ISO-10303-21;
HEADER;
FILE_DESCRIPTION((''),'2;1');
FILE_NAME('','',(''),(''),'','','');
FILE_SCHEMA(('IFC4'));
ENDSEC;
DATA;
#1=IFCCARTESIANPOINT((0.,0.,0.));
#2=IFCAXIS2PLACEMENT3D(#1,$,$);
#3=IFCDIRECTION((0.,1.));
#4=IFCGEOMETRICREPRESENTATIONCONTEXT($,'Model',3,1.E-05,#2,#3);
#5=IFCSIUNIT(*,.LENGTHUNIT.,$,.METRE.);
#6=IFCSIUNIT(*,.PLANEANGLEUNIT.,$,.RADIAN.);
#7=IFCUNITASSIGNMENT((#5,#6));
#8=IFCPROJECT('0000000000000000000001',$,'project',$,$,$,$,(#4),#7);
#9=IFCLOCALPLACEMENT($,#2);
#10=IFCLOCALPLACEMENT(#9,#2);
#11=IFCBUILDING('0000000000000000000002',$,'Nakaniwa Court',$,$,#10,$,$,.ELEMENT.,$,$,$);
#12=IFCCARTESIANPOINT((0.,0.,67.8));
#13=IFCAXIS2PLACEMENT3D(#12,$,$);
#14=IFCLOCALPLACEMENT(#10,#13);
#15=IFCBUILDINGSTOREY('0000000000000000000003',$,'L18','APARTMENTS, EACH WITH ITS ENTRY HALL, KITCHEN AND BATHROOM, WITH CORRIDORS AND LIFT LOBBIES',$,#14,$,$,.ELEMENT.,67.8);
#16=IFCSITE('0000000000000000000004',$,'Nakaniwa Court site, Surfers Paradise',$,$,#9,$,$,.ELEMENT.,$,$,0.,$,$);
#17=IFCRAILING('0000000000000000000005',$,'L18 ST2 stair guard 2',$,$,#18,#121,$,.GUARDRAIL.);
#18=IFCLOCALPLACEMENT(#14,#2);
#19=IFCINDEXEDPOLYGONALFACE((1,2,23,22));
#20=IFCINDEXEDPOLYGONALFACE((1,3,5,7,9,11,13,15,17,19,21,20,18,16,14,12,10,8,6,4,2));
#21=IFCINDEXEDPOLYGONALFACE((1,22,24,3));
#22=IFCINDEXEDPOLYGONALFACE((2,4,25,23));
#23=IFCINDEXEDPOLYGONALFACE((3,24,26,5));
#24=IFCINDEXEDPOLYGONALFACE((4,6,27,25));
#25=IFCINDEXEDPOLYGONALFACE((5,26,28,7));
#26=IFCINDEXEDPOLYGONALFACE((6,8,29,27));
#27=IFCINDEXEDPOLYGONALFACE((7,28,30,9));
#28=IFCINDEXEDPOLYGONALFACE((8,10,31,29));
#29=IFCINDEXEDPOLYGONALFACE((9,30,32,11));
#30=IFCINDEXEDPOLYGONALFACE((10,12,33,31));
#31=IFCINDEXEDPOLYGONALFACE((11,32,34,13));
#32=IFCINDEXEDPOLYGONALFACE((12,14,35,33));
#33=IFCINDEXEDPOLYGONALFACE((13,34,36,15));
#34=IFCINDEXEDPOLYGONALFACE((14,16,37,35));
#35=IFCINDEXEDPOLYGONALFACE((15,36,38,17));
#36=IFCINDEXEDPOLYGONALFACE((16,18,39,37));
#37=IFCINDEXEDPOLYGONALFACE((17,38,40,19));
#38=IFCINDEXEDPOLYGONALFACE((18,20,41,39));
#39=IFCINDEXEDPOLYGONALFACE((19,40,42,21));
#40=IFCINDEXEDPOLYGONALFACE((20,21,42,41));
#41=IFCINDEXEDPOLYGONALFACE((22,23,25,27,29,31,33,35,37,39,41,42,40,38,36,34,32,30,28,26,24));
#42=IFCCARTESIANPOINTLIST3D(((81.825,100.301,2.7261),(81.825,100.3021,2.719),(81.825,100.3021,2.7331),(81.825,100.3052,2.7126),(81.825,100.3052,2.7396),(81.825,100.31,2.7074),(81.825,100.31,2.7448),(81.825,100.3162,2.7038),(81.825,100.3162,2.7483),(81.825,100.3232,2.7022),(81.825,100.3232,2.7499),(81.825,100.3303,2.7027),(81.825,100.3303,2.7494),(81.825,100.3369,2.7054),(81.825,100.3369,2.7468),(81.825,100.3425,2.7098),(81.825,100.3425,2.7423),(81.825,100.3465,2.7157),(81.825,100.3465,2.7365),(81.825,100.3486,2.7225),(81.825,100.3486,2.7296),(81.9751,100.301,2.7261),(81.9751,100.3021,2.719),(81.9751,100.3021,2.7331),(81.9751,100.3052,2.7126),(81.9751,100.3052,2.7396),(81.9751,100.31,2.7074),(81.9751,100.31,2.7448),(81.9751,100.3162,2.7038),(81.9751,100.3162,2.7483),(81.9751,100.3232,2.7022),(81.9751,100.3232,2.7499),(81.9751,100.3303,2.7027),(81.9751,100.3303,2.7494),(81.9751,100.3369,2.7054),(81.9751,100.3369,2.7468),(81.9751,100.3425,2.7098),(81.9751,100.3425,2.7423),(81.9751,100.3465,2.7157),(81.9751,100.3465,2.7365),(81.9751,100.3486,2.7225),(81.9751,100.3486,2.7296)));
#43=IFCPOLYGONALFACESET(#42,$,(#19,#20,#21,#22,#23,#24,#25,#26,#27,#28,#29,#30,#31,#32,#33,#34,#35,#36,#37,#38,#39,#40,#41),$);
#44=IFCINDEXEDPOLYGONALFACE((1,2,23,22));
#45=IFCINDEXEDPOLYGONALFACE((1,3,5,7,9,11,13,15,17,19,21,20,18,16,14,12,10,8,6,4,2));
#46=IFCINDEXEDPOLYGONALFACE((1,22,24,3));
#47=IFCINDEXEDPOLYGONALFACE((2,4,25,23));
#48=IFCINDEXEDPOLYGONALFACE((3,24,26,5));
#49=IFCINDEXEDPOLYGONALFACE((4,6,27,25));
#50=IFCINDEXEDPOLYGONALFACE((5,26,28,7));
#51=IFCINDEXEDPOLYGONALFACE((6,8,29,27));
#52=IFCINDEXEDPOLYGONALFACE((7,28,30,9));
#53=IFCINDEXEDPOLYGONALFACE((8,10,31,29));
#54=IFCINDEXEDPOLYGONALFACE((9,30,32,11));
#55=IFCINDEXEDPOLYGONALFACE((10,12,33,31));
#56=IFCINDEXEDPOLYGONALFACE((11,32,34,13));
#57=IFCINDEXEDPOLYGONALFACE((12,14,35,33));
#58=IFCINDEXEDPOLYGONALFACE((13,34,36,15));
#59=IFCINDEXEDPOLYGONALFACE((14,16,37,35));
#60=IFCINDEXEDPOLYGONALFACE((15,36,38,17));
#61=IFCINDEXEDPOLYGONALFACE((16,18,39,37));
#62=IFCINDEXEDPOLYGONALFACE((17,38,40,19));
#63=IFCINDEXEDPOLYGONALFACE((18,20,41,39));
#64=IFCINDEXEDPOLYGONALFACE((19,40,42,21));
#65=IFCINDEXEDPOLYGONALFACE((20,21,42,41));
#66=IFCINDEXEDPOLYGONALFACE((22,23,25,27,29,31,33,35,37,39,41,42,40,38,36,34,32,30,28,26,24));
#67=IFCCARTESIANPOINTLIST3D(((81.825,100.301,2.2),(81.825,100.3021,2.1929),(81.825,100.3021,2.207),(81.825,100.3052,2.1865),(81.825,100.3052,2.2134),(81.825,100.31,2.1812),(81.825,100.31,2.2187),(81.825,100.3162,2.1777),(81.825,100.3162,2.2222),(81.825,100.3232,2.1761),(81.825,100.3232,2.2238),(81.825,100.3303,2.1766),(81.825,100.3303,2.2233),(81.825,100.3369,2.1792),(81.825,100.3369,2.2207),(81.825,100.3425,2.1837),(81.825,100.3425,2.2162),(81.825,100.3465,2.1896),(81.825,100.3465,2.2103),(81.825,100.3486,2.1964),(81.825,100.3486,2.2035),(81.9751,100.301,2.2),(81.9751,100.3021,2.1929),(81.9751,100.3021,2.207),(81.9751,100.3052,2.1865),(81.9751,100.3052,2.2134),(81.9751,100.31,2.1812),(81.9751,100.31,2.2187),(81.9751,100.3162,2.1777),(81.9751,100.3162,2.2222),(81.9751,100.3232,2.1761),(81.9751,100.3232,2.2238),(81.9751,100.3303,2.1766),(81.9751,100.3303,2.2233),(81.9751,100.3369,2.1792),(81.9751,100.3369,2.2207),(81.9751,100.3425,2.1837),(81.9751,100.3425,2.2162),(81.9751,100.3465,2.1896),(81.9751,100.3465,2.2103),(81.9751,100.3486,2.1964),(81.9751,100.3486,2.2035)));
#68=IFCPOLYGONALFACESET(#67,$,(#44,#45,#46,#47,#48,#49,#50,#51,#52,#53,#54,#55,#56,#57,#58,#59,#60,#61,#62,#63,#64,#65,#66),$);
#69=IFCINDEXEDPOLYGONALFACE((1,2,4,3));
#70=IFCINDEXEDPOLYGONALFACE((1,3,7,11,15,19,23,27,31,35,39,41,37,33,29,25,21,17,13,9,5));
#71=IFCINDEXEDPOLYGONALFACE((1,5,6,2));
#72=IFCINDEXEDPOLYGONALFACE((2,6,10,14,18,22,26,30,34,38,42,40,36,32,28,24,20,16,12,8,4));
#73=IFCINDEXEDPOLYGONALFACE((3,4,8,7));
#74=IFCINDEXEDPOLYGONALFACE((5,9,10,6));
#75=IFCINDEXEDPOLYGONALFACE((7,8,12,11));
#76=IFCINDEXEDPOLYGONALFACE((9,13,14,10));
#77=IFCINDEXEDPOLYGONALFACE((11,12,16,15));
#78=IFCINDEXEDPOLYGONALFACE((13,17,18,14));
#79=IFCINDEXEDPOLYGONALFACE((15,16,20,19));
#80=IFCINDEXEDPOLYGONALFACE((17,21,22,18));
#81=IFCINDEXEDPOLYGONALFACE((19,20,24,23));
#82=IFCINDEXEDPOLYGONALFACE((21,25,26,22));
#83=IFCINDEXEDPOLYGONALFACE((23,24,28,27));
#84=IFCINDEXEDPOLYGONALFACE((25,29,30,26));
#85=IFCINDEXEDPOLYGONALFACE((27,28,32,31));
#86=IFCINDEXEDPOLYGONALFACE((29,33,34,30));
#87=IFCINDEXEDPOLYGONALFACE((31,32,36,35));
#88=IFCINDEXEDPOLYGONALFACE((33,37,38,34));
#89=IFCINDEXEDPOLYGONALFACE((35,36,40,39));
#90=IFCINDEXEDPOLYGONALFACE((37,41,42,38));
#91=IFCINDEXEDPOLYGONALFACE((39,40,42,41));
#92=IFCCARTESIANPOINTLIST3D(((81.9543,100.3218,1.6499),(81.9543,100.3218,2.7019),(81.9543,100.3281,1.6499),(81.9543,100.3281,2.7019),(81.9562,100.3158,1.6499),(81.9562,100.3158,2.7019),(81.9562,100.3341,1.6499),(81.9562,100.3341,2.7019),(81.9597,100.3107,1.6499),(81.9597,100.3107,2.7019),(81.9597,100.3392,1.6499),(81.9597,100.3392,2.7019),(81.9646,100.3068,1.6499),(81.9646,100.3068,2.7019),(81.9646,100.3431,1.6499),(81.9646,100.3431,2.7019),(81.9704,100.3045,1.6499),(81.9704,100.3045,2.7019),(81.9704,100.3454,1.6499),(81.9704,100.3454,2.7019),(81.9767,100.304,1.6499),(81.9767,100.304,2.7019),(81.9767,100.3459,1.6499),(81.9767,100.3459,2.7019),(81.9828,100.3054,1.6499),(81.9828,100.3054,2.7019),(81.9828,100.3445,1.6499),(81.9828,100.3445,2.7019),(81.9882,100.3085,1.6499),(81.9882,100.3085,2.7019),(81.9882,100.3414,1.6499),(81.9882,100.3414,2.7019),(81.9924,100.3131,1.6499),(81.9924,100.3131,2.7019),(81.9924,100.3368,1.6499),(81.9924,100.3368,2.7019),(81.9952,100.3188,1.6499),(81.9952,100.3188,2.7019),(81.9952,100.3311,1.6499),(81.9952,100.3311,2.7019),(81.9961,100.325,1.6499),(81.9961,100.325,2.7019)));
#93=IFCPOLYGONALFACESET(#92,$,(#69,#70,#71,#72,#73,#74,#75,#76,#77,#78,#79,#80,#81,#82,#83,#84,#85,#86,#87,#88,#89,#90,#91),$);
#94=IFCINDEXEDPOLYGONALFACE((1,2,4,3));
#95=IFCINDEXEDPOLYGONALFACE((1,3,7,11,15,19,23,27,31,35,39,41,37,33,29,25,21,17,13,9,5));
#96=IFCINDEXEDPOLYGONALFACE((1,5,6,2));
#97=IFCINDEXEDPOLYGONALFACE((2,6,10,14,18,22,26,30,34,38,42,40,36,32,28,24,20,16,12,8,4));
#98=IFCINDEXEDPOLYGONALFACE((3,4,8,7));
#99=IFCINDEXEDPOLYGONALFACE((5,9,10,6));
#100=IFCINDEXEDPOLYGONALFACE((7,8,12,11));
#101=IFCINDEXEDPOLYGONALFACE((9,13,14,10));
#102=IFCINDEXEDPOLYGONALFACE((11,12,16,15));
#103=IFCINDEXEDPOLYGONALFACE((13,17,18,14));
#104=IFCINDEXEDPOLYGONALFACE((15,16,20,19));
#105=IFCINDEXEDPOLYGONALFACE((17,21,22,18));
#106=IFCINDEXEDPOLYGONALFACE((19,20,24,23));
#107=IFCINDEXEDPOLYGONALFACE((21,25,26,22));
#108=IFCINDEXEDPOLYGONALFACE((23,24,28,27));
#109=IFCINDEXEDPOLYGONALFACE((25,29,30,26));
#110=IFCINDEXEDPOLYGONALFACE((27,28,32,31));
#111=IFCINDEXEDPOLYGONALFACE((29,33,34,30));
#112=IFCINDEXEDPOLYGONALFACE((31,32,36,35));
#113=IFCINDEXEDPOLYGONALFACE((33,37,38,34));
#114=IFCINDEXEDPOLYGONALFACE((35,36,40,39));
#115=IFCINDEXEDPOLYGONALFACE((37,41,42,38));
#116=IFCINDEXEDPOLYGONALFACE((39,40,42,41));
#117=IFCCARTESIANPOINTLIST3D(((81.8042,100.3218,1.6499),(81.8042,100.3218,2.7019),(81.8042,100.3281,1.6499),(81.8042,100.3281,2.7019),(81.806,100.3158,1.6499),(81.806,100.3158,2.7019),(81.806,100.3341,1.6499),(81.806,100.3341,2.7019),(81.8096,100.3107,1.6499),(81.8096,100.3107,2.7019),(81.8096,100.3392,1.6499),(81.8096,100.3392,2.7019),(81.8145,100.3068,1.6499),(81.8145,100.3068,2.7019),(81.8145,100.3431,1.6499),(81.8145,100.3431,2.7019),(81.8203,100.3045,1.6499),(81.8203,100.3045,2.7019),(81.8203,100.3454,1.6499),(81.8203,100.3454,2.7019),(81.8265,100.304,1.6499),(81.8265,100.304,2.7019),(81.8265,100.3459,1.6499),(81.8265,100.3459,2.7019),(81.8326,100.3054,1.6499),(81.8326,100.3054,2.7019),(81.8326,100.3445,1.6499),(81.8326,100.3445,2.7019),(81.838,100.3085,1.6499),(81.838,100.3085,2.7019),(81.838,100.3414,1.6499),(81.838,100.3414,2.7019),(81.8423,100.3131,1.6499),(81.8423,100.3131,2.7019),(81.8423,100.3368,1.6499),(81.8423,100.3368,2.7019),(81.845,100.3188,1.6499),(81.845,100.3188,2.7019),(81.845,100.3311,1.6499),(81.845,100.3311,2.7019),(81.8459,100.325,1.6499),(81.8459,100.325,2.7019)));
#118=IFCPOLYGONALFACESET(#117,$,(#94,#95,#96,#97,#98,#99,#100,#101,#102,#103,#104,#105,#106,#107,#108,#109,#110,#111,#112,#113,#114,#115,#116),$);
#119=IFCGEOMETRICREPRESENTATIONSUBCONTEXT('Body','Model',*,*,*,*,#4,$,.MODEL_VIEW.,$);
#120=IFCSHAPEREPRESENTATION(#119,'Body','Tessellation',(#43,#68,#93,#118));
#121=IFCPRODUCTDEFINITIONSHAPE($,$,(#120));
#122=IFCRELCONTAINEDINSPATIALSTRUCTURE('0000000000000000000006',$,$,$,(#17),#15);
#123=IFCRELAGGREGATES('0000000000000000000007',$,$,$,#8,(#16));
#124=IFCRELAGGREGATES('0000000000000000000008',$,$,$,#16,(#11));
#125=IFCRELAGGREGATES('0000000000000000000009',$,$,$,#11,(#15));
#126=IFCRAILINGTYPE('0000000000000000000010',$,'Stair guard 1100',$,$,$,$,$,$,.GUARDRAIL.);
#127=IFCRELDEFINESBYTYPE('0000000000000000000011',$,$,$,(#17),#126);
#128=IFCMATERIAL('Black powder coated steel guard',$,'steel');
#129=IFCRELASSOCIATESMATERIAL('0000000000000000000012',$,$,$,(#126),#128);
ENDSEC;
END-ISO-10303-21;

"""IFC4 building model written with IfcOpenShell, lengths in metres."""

from ifc_helpers import new_model, si_unit, direction, frame, origin, origin_2d, place, context, subcontext, project, spatial, circle, extrude, material, type_object, element, save


model = new_model("IFC4")

# Units and contexts
model_context = context("Model", 3, precision=1e-05, world=origin(), true_north=direction((0.0, 1.0)))
body_context = subcontext(model_context, "Body", "Model", "MODEL_VIEW")
ifc_project = project(units=[si_unit("LENGTHUNIT", "METRE"), si_unit("PLANEANGLEUNIT", "RADIAN")], contexts=[model_context])

# Site, building, storey
site_placement = place(None, origin())
site = spatial("IfcSite", under=ifc_project, at=site_placement, Name="Nakaniwa Court site, Surfers Paradise", CompositionType="ELEMENT", RefElevation=0.0)
building_placement = place(site_placement, origin())
building = spatial("IfcBuilding", under=site, at=building_placement, Name="Nakaniwa Court", CompositionType="ELEMENT")
storey_placement = place(building_placement, frame((0.0, 0.0, 67.8)))
storey = spatial("IfcBuildingStorey", under=building, at=storey_placement, Name="L18", Description="APARTMENTS, EACH WITH ITS ENTRY HALL, KITCHEN AND BATHROOM, WITH CORRIDORS AND LIFT LOBBIES", CompositionType="ELEMENT", Elevation=67.8)

# Railing
ifc_material_1 = material(Name="Black powder coated steel guard", Category="steel")
railing_type_1 = type_object("IfcRailingType", Name="Stair guard 1100", PredefinedType="GUARDRAIL", material=ifc_material_1)
railing_1_placement = place(storey_placement, frame((81.9751, 100.325, 1.6499)))
element("IfcRailing", 1, at=railing_1_placement, inside=storey, type_object=railing_type_1, Name="L18 ST2 stair guard 2", PredefinedType="GUARDRAIL", context=body_context, shape_type="SweptSolid", body=[
    extrude(circle(Radius=0.0239, at=origin_2d()), frame((0.0, 0.0, 1.0762), z_axis=(-1.0, 0.0, 0.0), x_axis=(0.0, -1.0, 0.0)), (0.0, 0.0, 1.0), 0.1501),
    extrude(circle(Radius=0.0239, at=origin_2d()), frame((0.0, 0.0, 0.55), z_axis=(-1.0, 0.0, 0.0), x_axis=(0.0, -1.0, 0.0)), (0.0, 0.0, 1.0), 0.1501),
    extrude(circle(Radius=0.021, at=origin_2d()), origin(), (0.0, 0.0, 1.0), 1.052),
    extrude(circle(Radius=0.021, at=origin_2d()), frame((-0.1501, 0.0, 0.0)), (0.0, 0.0, 1.0), 1.052),
])

save(model, "model.ifc")
